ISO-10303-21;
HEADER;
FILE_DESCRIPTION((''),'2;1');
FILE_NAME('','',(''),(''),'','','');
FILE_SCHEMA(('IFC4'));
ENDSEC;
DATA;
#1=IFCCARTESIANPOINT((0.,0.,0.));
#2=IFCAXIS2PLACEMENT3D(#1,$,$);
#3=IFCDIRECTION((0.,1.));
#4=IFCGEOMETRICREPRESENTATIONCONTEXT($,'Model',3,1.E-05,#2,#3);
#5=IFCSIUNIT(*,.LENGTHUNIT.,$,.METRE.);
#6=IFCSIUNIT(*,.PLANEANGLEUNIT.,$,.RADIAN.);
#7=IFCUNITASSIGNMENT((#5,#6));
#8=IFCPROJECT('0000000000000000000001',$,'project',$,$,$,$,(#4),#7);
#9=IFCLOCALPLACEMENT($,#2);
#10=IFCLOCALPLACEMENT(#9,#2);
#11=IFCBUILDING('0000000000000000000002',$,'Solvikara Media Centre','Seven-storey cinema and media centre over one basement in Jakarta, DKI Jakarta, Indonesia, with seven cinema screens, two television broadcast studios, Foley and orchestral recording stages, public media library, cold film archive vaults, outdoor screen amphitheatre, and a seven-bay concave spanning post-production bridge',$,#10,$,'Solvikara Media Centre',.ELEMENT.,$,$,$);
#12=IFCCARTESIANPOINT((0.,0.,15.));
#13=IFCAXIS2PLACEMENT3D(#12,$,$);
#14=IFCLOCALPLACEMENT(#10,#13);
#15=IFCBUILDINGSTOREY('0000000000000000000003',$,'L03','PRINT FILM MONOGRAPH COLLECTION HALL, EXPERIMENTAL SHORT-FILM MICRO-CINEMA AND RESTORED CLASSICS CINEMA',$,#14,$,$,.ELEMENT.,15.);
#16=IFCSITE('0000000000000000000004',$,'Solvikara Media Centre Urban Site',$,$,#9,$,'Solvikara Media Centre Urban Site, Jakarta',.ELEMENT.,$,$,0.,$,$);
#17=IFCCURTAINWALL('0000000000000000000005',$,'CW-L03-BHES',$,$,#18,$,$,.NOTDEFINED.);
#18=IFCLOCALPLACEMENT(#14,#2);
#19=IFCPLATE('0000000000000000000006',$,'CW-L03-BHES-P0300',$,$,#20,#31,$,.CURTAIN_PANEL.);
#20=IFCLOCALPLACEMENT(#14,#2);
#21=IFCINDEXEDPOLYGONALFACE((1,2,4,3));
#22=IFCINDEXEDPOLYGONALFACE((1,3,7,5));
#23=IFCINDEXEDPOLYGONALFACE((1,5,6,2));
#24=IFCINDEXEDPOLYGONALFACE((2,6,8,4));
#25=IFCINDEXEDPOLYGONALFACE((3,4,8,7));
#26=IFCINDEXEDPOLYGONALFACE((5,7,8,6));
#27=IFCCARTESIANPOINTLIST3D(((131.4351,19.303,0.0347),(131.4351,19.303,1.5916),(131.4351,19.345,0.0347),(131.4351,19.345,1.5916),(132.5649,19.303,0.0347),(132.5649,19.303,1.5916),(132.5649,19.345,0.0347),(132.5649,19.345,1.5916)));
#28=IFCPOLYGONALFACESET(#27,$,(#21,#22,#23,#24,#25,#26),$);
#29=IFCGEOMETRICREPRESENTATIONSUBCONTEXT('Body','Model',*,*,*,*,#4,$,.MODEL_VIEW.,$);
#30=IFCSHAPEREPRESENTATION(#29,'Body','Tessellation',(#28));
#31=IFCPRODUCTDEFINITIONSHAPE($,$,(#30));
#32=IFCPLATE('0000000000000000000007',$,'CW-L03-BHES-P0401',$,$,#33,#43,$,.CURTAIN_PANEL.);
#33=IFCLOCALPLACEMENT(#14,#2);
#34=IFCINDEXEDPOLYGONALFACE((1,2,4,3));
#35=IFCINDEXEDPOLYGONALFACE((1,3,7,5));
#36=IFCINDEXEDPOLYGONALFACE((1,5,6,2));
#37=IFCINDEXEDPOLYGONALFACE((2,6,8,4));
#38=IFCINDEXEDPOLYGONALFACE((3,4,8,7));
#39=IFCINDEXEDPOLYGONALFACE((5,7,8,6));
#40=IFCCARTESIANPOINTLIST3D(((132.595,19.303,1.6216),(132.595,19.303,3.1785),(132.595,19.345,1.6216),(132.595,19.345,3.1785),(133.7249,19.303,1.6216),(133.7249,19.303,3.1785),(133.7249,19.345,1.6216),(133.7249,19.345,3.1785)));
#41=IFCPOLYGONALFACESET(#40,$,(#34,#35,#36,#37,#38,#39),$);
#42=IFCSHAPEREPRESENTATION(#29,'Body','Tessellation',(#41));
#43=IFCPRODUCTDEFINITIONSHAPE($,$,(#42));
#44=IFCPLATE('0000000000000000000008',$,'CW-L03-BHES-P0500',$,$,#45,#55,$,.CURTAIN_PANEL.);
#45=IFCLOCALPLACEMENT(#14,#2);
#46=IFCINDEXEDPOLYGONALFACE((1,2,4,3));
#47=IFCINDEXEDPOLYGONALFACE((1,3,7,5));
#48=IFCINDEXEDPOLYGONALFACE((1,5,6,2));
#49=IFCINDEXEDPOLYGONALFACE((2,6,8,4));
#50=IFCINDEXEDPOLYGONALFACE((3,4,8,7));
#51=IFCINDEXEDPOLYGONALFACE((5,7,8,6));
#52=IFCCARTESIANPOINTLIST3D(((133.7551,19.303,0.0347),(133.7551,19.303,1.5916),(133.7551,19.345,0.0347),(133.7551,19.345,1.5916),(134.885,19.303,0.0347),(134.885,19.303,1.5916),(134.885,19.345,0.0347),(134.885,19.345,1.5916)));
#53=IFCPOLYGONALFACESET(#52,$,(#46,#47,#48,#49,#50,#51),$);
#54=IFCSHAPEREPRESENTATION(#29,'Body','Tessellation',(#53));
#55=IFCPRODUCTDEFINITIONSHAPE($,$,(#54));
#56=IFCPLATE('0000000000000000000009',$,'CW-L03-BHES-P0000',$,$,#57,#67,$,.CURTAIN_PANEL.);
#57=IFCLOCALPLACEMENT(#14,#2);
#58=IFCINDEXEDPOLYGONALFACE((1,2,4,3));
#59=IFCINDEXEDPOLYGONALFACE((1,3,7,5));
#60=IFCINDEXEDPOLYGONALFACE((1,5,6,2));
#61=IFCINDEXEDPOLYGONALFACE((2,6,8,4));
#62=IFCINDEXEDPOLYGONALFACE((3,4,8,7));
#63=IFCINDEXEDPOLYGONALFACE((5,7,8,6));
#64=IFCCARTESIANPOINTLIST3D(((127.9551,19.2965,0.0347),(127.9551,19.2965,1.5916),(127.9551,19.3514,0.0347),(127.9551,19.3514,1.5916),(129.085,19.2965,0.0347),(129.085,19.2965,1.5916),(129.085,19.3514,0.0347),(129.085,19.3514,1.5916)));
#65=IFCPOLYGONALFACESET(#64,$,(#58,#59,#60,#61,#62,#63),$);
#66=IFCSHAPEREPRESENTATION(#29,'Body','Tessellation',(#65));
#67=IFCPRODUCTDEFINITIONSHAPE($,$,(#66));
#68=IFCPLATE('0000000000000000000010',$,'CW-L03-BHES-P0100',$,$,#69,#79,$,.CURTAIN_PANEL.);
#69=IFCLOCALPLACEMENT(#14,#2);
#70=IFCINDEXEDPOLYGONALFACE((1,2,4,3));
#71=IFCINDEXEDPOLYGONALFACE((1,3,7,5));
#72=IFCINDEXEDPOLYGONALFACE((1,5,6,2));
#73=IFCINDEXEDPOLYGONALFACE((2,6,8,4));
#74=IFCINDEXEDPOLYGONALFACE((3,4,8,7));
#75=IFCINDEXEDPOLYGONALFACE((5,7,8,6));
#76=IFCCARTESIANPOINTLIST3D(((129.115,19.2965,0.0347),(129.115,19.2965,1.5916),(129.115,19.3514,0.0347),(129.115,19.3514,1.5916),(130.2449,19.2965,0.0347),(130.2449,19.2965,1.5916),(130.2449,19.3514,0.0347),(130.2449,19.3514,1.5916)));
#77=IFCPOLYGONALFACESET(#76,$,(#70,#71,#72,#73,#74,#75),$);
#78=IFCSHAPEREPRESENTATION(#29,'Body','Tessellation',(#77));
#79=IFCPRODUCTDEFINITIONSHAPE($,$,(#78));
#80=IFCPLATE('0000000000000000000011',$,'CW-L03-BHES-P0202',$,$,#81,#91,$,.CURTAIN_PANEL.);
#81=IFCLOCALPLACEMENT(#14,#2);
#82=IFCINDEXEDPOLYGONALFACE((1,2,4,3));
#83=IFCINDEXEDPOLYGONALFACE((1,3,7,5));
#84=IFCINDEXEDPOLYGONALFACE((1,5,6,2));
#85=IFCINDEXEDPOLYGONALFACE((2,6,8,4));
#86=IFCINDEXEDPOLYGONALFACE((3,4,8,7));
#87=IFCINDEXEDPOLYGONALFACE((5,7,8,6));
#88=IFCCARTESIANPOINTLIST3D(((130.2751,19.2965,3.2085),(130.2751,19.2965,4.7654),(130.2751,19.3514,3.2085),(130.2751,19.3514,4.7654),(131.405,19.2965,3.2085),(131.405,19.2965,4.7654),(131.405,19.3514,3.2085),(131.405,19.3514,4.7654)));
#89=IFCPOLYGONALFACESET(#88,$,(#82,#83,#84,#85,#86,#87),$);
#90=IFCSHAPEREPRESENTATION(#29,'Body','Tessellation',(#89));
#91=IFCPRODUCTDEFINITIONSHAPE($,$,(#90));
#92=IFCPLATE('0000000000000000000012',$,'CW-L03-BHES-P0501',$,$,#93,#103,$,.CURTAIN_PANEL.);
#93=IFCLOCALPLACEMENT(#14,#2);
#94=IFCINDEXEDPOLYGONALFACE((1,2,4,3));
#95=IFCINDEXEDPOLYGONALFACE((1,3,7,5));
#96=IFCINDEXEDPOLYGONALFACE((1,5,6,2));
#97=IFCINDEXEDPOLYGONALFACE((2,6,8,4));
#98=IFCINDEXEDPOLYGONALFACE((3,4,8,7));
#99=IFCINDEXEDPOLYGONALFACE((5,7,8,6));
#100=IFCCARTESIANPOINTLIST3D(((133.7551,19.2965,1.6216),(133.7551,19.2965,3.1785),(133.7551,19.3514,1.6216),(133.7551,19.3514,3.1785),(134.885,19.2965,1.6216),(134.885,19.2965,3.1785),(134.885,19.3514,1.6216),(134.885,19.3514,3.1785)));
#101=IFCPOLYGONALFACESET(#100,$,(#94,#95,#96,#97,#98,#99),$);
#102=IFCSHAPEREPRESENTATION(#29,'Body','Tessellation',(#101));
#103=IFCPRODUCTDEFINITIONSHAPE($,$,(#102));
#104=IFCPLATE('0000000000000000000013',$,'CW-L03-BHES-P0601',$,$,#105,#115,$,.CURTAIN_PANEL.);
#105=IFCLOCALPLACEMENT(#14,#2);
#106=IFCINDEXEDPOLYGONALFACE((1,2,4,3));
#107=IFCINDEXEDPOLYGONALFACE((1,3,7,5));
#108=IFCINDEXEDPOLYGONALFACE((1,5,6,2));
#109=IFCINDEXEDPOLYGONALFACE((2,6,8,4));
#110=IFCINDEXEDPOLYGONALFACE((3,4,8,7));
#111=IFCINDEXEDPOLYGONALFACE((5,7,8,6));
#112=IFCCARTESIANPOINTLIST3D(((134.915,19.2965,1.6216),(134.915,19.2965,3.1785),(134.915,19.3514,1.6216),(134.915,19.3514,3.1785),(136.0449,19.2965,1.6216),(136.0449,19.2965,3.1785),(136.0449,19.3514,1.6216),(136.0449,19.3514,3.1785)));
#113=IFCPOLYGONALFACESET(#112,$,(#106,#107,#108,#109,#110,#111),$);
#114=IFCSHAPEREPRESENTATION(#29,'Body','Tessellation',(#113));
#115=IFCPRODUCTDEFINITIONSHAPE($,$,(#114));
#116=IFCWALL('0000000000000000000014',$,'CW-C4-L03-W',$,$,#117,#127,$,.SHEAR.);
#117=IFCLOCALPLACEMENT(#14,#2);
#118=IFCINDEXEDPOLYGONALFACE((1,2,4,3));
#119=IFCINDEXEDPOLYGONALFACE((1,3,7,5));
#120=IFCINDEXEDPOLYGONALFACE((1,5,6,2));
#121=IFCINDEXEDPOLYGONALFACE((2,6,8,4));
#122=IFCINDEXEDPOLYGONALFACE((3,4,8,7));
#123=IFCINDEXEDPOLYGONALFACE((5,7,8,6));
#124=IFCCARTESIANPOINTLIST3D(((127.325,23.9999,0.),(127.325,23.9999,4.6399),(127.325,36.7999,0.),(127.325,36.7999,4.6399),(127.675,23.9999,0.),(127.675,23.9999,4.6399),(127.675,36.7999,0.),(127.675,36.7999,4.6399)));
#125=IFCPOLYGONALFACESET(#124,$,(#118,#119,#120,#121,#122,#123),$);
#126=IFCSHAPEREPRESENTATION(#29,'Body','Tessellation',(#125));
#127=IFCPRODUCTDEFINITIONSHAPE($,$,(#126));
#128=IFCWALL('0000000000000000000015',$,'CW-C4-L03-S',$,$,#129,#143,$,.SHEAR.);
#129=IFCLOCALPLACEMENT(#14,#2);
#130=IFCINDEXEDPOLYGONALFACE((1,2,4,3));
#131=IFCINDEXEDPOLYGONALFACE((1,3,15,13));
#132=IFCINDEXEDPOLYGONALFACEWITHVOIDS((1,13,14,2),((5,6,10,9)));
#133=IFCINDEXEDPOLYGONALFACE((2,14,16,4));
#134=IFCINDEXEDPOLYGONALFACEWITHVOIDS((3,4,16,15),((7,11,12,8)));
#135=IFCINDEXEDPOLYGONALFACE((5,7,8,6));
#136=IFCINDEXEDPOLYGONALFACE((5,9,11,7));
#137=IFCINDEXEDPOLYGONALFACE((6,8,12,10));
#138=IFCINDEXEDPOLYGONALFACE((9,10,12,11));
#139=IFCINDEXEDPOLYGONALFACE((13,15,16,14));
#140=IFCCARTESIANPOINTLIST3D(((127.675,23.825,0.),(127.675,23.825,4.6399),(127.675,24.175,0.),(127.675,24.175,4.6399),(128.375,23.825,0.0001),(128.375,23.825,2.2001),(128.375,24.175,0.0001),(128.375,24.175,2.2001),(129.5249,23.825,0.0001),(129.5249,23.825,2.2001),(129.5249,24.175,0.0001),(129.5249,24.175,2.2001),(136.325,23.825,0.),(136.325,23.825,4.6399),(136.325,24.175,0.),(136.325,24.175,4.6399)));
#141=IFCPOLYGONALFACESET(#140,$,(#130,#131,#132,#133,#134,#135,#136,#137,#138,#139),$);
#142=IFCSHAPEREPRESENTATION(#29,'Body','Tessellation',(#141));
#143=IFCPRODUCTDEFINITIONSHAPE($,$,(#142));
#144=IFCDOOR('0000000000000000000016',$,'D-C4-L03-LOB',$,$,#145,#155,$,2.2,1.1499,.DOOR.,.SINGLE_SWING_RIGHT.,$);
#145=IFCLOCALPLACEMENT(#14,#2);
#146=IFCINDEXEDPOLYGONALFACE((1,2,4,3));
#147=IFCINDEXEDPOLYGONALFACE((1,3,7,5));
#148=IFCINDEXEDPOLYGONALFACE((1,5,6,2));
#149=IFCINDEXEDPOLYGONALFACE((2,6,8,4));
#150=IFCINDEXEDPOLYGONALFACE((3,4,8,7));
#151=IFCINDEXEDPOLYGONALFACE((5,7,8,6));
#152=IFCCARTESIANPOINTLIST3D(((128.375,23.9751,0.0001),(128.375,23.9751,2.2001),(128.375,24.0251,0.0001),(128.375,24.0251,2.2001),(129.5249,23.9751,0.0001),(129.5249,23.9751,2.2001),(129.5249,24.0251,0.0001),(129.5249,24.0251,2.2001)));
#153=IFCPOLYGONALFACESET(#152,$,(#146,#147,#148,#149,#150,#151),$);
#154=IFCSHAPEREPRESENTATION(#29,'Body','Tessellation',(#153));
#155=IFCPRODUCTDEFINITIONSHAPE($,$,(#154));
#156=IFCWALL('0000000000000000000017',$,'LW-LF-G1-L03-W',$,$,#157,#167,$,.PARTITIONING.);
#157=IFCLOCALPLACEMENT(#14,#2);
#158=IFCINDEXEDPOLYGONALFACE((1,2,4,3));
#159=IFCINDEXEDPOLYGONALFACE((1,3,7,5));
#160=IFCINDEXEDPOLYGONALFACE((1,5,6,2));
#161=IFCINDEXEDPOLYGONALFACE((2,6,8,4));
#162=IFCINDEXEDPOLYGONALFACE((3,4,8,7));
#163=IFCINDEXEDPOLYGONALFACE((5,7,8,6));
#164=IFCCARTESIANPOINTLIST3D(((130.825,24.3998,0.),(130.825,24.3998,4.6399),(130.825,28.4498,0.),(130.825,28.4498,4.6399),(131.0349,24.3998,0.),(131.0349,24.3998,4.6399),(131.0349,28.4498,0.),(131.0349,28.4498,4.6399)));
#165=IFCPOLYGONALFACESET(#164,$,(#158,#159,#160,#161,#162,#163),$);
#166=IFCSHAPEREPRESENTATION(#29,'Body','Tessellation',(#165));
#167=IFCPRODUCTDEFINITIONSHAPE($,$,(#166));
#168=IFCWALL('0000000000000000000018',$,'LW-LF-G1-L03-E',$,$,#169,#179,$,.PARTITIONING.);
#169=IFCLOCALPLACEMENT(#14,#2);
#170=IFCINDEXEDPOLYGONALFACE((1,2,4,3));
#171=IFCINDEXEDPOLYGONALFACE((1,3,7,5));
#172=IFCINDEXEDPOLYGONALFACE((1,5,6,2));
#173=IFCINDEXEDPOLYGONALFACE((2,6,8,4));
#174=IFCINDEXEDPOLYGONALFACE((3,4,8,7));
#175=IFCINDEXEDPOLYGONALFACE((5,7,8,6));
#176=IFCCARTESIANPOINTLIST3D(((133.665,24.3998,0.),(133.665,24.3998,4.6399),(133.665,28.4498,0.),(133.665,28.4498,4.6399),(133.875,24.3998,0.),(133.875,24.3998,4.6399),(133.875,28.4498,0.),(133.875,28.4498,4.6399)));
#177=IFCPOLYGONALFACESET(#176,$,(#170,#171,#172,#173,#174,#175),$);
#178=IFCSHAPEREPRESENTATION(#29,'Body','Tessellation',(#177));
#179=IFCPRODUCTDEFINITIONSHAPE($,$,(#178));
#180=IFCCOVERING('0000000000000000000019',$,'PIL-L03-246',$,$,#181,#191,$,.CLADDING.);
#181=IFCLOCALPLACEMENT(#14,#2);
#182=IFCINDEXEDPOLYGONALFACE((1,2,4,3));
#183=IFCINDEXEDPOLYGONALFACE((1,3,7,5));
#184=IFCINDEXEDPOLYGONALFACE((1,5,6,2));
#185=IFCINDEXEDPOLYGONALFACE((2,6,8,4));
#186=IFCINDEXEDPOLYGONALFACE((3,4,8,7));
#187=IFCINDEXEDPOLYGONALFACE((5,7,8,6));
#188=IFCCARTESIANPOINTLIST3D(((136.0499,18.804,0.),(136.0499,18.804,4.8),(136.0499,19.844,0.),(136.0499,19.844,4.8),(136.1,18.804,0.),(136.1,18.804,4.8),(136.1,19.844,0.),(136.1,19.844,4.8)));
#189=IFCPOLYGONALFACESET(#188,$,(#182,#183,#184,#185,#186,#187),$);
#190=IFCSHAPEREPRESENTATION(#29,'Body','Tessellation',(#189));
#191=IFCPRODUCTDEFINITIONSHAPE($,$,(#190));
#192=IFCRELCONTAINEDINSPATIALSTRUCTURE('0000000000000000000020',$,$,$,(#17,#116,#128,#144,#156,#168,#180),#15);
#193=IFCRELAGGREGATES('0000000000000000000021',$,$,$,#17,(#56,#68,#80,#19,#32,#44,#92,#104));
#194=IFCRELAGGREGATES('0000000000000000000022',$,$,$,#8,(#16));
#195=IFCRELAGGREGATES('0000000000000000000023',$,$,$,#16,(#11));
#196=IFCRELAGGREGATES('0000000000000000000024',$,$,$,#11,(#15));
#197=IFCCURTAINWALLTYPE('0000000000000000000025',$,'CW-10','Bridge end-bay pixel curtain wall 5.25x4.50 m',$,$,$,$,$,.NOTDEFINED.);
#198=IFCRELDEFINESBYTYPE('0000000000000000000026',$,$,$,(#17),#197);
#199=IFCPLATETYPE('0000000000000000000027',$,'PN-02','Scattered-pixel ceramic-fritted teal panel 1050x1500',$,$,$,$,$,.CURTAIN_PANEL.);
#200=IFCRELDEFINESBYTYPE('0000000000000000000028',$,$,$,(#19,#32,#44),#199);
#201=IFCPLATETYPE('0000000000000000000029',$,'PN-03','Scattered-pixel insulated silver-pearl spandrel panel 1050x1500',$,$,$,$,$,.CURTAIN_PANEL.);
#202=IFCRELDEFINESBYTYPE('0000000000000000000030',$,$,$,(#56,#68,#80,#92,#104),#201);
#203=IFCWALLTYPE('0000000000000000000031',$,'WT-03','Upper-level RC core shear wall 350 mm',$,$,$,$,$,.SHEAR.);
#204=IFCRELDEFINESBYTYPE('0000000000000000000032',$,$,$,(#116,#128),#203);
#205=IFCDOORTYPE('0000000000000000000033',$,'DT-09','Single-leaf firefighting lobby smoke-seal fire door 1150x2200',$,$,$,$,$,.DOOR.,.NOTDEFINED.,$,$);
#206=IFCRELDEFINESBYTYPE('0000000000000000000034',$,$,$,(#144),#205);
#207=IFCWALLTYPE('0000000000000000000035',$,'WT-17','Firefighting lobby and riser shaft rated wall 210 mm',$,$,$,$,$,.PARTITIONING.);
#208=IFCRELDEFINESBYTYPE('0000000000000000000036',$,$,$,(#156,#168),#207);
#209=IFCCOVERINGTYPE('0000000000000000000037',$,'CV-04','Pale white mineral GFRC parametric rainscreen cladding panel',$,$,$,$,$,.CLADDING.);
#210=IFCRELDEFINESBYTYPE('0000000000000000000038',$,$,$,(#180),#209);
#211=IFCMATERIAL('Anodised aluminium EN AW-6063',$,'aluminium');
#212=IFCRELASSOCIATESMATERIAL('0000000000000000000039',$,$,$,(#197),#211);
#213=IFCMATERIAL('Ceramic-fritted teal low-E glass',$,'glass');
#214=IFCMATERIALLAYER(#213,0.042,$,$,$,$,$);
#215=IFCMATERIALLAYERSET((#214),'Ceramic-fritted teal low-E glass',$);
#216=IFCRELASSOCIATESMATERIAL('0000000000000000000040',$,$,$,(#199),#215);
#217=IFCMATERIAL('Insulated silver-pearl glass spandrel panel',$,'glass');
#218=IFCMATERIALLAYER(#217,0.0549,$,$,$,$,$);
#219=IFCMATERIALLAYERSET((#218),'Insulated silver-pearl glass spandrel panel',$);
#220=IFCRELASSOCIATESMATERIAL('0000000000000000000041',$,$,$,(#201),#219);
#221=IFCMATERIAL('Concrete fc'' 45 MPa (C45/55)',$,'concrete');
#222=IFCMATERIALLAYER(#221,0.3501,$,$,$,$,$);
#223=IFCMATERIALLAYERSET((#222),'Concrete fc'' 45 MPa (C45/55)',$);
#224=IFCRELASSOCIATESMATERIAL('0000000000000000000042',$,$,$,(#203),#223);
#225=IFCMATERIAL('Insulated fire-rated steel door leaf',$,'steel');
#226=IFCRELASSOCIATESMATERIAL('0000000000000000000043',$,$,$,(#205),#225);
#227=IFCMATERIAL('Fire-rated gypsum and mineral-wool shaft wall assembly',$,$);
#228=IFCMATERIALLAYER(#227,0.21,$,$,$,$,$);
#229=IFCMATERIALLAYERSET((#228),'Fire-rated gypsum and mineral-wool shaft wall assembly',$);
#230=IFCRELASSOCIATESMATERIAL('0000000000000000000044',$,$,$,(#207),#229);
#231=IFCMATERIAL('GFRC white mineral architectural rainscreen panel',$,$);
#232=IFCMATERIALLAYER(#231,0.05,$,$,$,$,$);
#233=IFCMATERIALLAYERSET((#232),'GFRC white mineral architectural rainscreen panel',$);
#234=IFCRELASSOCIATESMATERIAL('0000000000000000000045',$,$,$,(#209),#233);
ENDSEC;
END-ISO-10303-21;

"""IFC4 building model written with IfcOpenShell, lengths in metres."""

from ifc_helpers import new_model, si_unit, direction, frame, frame_2d, origin, origin_2d, place, context, subcontext, project, spatial, rectangle, extrude, material, layer, layer_set, type_object, element, fill, aggregate, save


model = new_model("IFC4")

# Units and contexts
model_context = context("Model", 3, precision=1e-05, world=origin(), true_north=direction((0.0, 1.0)))
body_context = subcontext(model_context, "Body", "Model", "MODEL_VIEW")
ifc_project = project(units=[si_unit("LENGTHUNIT", "METRE"), si_unit("PLANEANGLEUNIT", "RADIAN")], contexts=[model_context])

# Site, building, storey
site_placement = place(None, origin())
site = spatial("IfcSite", under=ifc_project, at=site_placement, Name="Solvikara Media Centre Urban Site", LongName="Solvikara Media Centre Urban Site, Jakarta", CompositionType="ELEMENT", RefElevation=0.0)
building_placement = place(site_placement, origin())
building = spatial("IfcBuilding", under=site, at=building_placement, Name="Solvikara Media Centre", Description="Seven-storey cinema and media centre over one basement in Jakarta, DKI Jakarta, Indonesia, with seven cinema screens, two television broadcast studios, Foley and orchestral recording stages, public media library, cold film archive vaults, outdoor screen amphitheatre, and a seven-bay concave spanning post-production bridge", LongName="Solvikara Media Centre", CompositionType="ELEMENT")
storey_placement = place(building_placement, frame((0.0, 0.0, 15.0)))
storey = spatial("IfcBuildingStorey", under=building, at=storey_placement, Name="L03", Description="PRINT FILM MONOGRAPH COLLECTION HALL, EXPERIMENTAL SHORT-FILM MICRO-CINEMA AND RESTORED CLASSICS CINEMA", CompositionType="ELEMENT", Elevation=15.0)

# Curtain wall, plates
ifc_material_1 = material(Name="Anodised aluminium EN AW-6063", Category="aluminium")
curtain_wall_type = type_object("IfcCurtainWallType", Name="CW-10", Description="Bridge end-bay pixel curtain wall 5.25x4.50 m", PredefinedType="NOTDEFINED", material=ifc_material_1)
curtain_wall_placement = place(storey_placement, origin())
curtain_wall = element("IfcCurtainWall", 1, at=curtain_wall_placement, inside=storey, type_object=curtain_wall_type, Name="CW-L03-BHES", PredefinedType="NOTDEFINED")
ifc_material_2 = material(Name="Ceramic-fritted teal low-E glass", Category="glass")
ifc_layer_1 = layer(ifc_material_2, 0.042)
ifc_layer_set_1 = layer_set([ifc_layer_1], Name="Ceramic-fritted teal low-E glass")
plate_type_1 = type_object("IfcPlateType", Name="PN-02", Description="Scattered-pixel ceramic-fritted teal panel 1050x1500", PredefinedType="CURTAIN_PANEL", material=ifc_layer_set_1)
plate_1_placement = place(storey_placement, frame((132.0, 19.324, 0.0347), z_axis=(0.0, 0.0, 1.0), x_axis=(1.0, 0.0, 0.0)))
plate_1 = element("IfcPlate", 2, at=plate_1_placement, type_object=plate_type_1, Name="CW-L03-BHES-P0300", PredefinedType="CURTAIN_PANEL", context=body_context, shape_type="SweptSolid", body=[
    extrude(rectangle(XDim=1.1299, YDim=0.042, at=origin_2d()), origin(), (0.0, 0.0, 1.0), 1.5569),
])
plate_2_placement = place(storey_placement, frame((133.1599, 19.324, 1.6216), z_axis=(0.0, 0.0, 1.0), x_axis=(1.0, 0.0, 0.0)))
plate_2 = element("IfcPlate", 3, at=plate_2_placement, type_object=plate_type_1, Name="CW-L03-BHES-P0401", PredefinedType="CURTAIN_PANEL", context=body_context, shape_type="SweptSolid", body=[
    extrude(rectangle(XDim=1.1299, YDim=0.042, at=origin_2d()), origin(), (0.0, 0.0, 1.0), 1.5569),
])
plate_3_placement = place(storey_placement, frame((134.3201, 19.324, 0.0347), z_axis=(0.0, 0.0, 1.0), x_axis=(1.0, 0.0, 0.0)))
plate_3 = element("IfcPlate", 4, at=plate_3_placement, type_object=plate_type_1, Name="CW-L03-BHES-P0500", PredefinedType="CURTAIN_PANEL", context=body_context, shape_type="SweptSolid", body=[
    extrude(rectangle(XDim=1.1299, YDim=0.042, at=origin_2d()), origin(), (0.0, 0.0, 1.0), 1.5569),
])
ifc_material_3 = material(Name="Insulated silver-pearl glass spandrel panel", Category="glass")
ifc_layer_2 = layer(ifc_material_3, 0.0549)
ifc_layer_set_2 = layer_set([ifc_layer_2], Name="Insulated silver-pearl glass spandrel panel")
plate_type_2 = type_object("IfcPlateType", Name="PN-03", Description="Scattered-pixel insulated silver-pearl spandrel panel 1050x1500", PredefinedType="CURTAIN_PANEL", material=ifc_layer_set_2)
plate_4_placement = place(storey_placement, frame((128.52, 19.324, 0.0347), z_axis=(0.0, 0.0, 1.0), x_axis=(1.0, 0.0, 0.0)))
plate_4 = element("IfcPlate", 5, at=plate_4_placement, type_object=plate_type_2, Name="CW-L03-BHES-P0000", PredefinedType="CURTAIN_PANEL", context=body_context, shape_type="SweptSolid", body=[
    extrude(rectangle(XDim=1.1299, YDim=0.0549, at=origin_2d()), origin(), (0.0, 0.0, 1.0), 1.5569),
])
plate_5_placement = place(storey_placement, frame((129.6799, 19.324, 0.0347), z_axis=(0.0, 0.0, 1.0), x_axis=(1.0, 0.0, 0.0)))
plate_5 = element("IfcPlate", 6, at=plate_5_placement, type_object=plate_type_2, Name="CW-L03-BHES-P0100", PredefinedType="CURTAIN_PANEL", context=body_context, shape_type="SweptSolid", body=[
    extrude(rectangle(XDim=1.1299, YDim=0.0549, at=origin_2d()), origin(), (0.0, 0.0, 1.0), 1.5569),
])
plate_6_placement = place(storey_placement, frame((130.8401, 19.324, 3.2085), z_axis=(0.0, 0.0, 1.0), x_axis=(1.0, 0.0, 0.0)))
plate_6 = element("IfcPlate", 7, at=plate_6_placement, type_object=plate_type_2, Name="CW-L03-BHES-P0202", PredefinedType="CURTAIN_PANEL", context=body_context, shape_type="SweptSolid", body=[
    extrude(rectangle(XDim=1.1299, YDim=0.0549, at=origin_2d()), origin(), (0.0, 0.0, 1.0), 1.5569),
])
plate_7_placement = place(storey_placement, frame((134.3201, 19.324, 1.6216), z_axis=(0.0, 0.0, 1.0), x_axis=(1.0, 0.0, 0.0)))
plate_7 = element("IfcPlate", 8, at=plate_7_placement, type_object=plate_type_2, Name="CW-L03-BHES-P0501", PredefinedType="CURTAIN_PANEL", context=body_context, shape_type="SweptSolid", body=[
    extrude(rectangle(XDim=1.1299, YDim=0.0549, at=origin_2d()), origin(), (0.0, 0.0, 1.0), 1.5569),
])
plate_8_placement = place(storey_placement, frame((135.48, 19.324, 1.6216), z_axis=(0.0, 0.0, 1.0), x_axis=(1.0, 0.0, 0.0)))
plate_8 = element("IfcPlate", 9, at=plate_8_placement, type_object=plate_type_2, Name="CW-L03-BHES-P0601", PredefinedType="CURTAIN_PANEL", context=body_context, shape_type="SweptSolid", body=[
    extrude(rectangle(XDim=1.1299, YDim=0.0549, at=origin_2d()), origin(), (0.0, 0.0, 1.0), 1.5569),
])
aggregate(curtain_wall, [plate_4, plate_5, plate_6, plate_1, plate_2, plate_3, plate_7, plate_8])

# Wall
ifc_material_4 = material(Name="Concrete fc' 45 MPa (C45/55)", Category="concrete")
ifc_layer_3 = layer(ifc_material_4, 0.3501)
ifc_layer_set_3 = layer_set([ifc_layer_3], Name="Concrete fc' 45 MPa (C45/55)")
wall_type_1 = type_object("IfcWallType", Name="WT-03", Description="Upper-level RC core shear wall 350 mm", PredefinedType="SHEAR", material=ifc_layer_set_3)
wall_1_placement = place(storey_placement, frame((127.5, 24.0, 0.0), z_axis=(0.0, 0.0, 1.0), x_axis=(0.0, 1.0, 0.0)))
element("IfcWall", 10, at=wall_1_placement, inside=storey, type_object=wall_type_1, Name="CW-C4-L03-W", PredefinedType="SHEAR", context=body_context, shape_type="SweptSolid", body=[
    extrude(rectangle(XDim=12.8, YDim=0.3501, at=frame_2d((6.3999, 0.0))), origin(), (0.0, 0.0, 1.0), 4.6399),
])

# Wall, opening, door
wall_2_placement = place(storey_placement, frame((127.675, 24.0, 0.0), z_axis=(0.0, 0.0, 1.0), x_axis=(1.0, 0.0, 0.0)))
wall_2 = element("IfcWall", 11, at=wall_2_placement, inside=storey, type_object=wall_type_1, Name="CW-C4-L03-S", PredefinedType="SHEAR", context=body_context, shape_type="SweptSolid", body=[
    extrude(rectangle(XDim=8.6499, YDim=0.3501, at=frame_2d((4.325, 0.0))), origin(), (0.0, 0.0, 1.0), 4.6399),
])
opening_placement = place(wall_2_placement, frame((0.7, 0.0, 0.0)))
opening = element("IfcOpeningElement", 12, at=opening_placement, cuts=wall_2, PredefinedType="OPENING", context=body_context, shape_type="SweptSolid", body=[
    extrude(rectangle(XDim=1.1499, YDim=2.2, at=frame_2d((0.575, 1.1001))), frame((0.0, 0.187, 0.0), z_axis=(0.0, -1.0, 0.0), x_axis=(1.0, 0.0, 0.0)), (0.0, 0.0, 1.0), 0.374),
])
ifc_material_5 = material(Name="Insulated fire-rated steel door leaf", Category="steel")
door_type = type_object("IfcDoorType", Name="DT-09", Description="Single-leaf firefighting lobby smoke-seal fire door 1150x2200", OperationType="NOTDEFINED", PredefinedType="DOOR", material=ifc_material_5)
door_placement = place(opening_placement, frame((1.1499, 0.0, 0.0), z_axis=(0.0, 0.0, 1.0), x_axis=(-1.0, 0.0, 0.0)))
door = element("IfcDoor", 13, at=door_placement, inside=storey, type_object=door_type, Name="D-C4-L03-LOB", OperationType="SINGLE_SWING_RIGHT", OverallHeight=2.2, OverallWidth=1.1499, PredefinedType="DOOR", context=body_context, shape_type="SweptSolid", body=[
    extrude(rectangle(XDim=1.1499, YDim=2.2, at=frame_2d((0.575, 1.1001))), frame((0.0, 0.0249, 0.0), z_axis=(0.0, -1.0, 0.0), x_axis=(1.0, 0.0, 0.0)), (0.0, 0.0, 1.0), 0.05),
])
fill(opening, door)

# Walls
ifc_material_6 = material(Name="Fire-rated gypsum and mineral-wool shaft wall assembly")
ifc_layer_4 = layer(ifc_material_6, 0.21)
ifc_layer_set_4 = layer_set([ifc_layer_4], Name="Fire-rated gypsum and mineral-wool shaft wall assembly")
wall_type_2 = type_object("IfcWallType", Name="WT-17", Description="Firefighting lobby and riser shaft rated wall 210 mm", PredefinedType="PARTITIONING", material=ifc_layer_set_4)
for number, where, z_axis, x_axis, name in (
    (14, (130.9299, 24.3999, 0.0), (0.0, 0.0, 1.0), (0.0, 1.0, 0.0), "LW-LF-G1-L03-W"),
    (15, (133.77, 24.3999, 0.0), (0.0, 0.0, 1.0), (0.0, 1.0, 0.0), "LW-LF-G1-L03-E"),
):
    element("IfcWall", number, at=place(storey_placement, frame(where, z_axis=z_axis, x_axis=x_axis)), inside=storey, type_object=wall_type_2, Name=name, PredefinedType="PARTITIONING", context=body_context, shape_type="SweptSolid", body=[
        extrude(rectangle(XDim=4.05, YDim=0.21, at=frame_2d((2.0249, 0.0))), origin(), (0.0, 0.0, 1.0), 4.6399),
    ])

# Covering
ifc_material_7 = material(Name="GFRC white mineral architectural rainscreen panel")
ifc_layer_5 = layer(ifc_material_7, 0.05)
ifc_layer_set_5 = layer_set([ifc_layer_5], Name="GFRC white mineral architectural rainscreen panel")
covering_type = type_object("IfcCoveringType", Name="CV-04", Description="Pale white mineral GFRC parametric rainscreen cladding panel", PredefinedType="CLADDING", material=ifc_layer_set_5)
covering_placement = place(storey_placement, frame((136.075, 19.324, 0.0), z_axis=(0.0, 0.0, 1.0), x_axis=(0.0, -1.0, 0.0)))
element("IfcCovering", 16, at=covering_placement, inside=storey, type_object=covering_type, Name="PIL-L03-246", PredefinedType="CLADDING", context=body_context, shape_type="SweptSolid", body=[
    extrude(rectangle(XDim=1.04, YDim=0.05, at=origin_2d()), origin(), (0.0, 0.0, 1.0), 4.8),
])

save(model, "model.ifc")
